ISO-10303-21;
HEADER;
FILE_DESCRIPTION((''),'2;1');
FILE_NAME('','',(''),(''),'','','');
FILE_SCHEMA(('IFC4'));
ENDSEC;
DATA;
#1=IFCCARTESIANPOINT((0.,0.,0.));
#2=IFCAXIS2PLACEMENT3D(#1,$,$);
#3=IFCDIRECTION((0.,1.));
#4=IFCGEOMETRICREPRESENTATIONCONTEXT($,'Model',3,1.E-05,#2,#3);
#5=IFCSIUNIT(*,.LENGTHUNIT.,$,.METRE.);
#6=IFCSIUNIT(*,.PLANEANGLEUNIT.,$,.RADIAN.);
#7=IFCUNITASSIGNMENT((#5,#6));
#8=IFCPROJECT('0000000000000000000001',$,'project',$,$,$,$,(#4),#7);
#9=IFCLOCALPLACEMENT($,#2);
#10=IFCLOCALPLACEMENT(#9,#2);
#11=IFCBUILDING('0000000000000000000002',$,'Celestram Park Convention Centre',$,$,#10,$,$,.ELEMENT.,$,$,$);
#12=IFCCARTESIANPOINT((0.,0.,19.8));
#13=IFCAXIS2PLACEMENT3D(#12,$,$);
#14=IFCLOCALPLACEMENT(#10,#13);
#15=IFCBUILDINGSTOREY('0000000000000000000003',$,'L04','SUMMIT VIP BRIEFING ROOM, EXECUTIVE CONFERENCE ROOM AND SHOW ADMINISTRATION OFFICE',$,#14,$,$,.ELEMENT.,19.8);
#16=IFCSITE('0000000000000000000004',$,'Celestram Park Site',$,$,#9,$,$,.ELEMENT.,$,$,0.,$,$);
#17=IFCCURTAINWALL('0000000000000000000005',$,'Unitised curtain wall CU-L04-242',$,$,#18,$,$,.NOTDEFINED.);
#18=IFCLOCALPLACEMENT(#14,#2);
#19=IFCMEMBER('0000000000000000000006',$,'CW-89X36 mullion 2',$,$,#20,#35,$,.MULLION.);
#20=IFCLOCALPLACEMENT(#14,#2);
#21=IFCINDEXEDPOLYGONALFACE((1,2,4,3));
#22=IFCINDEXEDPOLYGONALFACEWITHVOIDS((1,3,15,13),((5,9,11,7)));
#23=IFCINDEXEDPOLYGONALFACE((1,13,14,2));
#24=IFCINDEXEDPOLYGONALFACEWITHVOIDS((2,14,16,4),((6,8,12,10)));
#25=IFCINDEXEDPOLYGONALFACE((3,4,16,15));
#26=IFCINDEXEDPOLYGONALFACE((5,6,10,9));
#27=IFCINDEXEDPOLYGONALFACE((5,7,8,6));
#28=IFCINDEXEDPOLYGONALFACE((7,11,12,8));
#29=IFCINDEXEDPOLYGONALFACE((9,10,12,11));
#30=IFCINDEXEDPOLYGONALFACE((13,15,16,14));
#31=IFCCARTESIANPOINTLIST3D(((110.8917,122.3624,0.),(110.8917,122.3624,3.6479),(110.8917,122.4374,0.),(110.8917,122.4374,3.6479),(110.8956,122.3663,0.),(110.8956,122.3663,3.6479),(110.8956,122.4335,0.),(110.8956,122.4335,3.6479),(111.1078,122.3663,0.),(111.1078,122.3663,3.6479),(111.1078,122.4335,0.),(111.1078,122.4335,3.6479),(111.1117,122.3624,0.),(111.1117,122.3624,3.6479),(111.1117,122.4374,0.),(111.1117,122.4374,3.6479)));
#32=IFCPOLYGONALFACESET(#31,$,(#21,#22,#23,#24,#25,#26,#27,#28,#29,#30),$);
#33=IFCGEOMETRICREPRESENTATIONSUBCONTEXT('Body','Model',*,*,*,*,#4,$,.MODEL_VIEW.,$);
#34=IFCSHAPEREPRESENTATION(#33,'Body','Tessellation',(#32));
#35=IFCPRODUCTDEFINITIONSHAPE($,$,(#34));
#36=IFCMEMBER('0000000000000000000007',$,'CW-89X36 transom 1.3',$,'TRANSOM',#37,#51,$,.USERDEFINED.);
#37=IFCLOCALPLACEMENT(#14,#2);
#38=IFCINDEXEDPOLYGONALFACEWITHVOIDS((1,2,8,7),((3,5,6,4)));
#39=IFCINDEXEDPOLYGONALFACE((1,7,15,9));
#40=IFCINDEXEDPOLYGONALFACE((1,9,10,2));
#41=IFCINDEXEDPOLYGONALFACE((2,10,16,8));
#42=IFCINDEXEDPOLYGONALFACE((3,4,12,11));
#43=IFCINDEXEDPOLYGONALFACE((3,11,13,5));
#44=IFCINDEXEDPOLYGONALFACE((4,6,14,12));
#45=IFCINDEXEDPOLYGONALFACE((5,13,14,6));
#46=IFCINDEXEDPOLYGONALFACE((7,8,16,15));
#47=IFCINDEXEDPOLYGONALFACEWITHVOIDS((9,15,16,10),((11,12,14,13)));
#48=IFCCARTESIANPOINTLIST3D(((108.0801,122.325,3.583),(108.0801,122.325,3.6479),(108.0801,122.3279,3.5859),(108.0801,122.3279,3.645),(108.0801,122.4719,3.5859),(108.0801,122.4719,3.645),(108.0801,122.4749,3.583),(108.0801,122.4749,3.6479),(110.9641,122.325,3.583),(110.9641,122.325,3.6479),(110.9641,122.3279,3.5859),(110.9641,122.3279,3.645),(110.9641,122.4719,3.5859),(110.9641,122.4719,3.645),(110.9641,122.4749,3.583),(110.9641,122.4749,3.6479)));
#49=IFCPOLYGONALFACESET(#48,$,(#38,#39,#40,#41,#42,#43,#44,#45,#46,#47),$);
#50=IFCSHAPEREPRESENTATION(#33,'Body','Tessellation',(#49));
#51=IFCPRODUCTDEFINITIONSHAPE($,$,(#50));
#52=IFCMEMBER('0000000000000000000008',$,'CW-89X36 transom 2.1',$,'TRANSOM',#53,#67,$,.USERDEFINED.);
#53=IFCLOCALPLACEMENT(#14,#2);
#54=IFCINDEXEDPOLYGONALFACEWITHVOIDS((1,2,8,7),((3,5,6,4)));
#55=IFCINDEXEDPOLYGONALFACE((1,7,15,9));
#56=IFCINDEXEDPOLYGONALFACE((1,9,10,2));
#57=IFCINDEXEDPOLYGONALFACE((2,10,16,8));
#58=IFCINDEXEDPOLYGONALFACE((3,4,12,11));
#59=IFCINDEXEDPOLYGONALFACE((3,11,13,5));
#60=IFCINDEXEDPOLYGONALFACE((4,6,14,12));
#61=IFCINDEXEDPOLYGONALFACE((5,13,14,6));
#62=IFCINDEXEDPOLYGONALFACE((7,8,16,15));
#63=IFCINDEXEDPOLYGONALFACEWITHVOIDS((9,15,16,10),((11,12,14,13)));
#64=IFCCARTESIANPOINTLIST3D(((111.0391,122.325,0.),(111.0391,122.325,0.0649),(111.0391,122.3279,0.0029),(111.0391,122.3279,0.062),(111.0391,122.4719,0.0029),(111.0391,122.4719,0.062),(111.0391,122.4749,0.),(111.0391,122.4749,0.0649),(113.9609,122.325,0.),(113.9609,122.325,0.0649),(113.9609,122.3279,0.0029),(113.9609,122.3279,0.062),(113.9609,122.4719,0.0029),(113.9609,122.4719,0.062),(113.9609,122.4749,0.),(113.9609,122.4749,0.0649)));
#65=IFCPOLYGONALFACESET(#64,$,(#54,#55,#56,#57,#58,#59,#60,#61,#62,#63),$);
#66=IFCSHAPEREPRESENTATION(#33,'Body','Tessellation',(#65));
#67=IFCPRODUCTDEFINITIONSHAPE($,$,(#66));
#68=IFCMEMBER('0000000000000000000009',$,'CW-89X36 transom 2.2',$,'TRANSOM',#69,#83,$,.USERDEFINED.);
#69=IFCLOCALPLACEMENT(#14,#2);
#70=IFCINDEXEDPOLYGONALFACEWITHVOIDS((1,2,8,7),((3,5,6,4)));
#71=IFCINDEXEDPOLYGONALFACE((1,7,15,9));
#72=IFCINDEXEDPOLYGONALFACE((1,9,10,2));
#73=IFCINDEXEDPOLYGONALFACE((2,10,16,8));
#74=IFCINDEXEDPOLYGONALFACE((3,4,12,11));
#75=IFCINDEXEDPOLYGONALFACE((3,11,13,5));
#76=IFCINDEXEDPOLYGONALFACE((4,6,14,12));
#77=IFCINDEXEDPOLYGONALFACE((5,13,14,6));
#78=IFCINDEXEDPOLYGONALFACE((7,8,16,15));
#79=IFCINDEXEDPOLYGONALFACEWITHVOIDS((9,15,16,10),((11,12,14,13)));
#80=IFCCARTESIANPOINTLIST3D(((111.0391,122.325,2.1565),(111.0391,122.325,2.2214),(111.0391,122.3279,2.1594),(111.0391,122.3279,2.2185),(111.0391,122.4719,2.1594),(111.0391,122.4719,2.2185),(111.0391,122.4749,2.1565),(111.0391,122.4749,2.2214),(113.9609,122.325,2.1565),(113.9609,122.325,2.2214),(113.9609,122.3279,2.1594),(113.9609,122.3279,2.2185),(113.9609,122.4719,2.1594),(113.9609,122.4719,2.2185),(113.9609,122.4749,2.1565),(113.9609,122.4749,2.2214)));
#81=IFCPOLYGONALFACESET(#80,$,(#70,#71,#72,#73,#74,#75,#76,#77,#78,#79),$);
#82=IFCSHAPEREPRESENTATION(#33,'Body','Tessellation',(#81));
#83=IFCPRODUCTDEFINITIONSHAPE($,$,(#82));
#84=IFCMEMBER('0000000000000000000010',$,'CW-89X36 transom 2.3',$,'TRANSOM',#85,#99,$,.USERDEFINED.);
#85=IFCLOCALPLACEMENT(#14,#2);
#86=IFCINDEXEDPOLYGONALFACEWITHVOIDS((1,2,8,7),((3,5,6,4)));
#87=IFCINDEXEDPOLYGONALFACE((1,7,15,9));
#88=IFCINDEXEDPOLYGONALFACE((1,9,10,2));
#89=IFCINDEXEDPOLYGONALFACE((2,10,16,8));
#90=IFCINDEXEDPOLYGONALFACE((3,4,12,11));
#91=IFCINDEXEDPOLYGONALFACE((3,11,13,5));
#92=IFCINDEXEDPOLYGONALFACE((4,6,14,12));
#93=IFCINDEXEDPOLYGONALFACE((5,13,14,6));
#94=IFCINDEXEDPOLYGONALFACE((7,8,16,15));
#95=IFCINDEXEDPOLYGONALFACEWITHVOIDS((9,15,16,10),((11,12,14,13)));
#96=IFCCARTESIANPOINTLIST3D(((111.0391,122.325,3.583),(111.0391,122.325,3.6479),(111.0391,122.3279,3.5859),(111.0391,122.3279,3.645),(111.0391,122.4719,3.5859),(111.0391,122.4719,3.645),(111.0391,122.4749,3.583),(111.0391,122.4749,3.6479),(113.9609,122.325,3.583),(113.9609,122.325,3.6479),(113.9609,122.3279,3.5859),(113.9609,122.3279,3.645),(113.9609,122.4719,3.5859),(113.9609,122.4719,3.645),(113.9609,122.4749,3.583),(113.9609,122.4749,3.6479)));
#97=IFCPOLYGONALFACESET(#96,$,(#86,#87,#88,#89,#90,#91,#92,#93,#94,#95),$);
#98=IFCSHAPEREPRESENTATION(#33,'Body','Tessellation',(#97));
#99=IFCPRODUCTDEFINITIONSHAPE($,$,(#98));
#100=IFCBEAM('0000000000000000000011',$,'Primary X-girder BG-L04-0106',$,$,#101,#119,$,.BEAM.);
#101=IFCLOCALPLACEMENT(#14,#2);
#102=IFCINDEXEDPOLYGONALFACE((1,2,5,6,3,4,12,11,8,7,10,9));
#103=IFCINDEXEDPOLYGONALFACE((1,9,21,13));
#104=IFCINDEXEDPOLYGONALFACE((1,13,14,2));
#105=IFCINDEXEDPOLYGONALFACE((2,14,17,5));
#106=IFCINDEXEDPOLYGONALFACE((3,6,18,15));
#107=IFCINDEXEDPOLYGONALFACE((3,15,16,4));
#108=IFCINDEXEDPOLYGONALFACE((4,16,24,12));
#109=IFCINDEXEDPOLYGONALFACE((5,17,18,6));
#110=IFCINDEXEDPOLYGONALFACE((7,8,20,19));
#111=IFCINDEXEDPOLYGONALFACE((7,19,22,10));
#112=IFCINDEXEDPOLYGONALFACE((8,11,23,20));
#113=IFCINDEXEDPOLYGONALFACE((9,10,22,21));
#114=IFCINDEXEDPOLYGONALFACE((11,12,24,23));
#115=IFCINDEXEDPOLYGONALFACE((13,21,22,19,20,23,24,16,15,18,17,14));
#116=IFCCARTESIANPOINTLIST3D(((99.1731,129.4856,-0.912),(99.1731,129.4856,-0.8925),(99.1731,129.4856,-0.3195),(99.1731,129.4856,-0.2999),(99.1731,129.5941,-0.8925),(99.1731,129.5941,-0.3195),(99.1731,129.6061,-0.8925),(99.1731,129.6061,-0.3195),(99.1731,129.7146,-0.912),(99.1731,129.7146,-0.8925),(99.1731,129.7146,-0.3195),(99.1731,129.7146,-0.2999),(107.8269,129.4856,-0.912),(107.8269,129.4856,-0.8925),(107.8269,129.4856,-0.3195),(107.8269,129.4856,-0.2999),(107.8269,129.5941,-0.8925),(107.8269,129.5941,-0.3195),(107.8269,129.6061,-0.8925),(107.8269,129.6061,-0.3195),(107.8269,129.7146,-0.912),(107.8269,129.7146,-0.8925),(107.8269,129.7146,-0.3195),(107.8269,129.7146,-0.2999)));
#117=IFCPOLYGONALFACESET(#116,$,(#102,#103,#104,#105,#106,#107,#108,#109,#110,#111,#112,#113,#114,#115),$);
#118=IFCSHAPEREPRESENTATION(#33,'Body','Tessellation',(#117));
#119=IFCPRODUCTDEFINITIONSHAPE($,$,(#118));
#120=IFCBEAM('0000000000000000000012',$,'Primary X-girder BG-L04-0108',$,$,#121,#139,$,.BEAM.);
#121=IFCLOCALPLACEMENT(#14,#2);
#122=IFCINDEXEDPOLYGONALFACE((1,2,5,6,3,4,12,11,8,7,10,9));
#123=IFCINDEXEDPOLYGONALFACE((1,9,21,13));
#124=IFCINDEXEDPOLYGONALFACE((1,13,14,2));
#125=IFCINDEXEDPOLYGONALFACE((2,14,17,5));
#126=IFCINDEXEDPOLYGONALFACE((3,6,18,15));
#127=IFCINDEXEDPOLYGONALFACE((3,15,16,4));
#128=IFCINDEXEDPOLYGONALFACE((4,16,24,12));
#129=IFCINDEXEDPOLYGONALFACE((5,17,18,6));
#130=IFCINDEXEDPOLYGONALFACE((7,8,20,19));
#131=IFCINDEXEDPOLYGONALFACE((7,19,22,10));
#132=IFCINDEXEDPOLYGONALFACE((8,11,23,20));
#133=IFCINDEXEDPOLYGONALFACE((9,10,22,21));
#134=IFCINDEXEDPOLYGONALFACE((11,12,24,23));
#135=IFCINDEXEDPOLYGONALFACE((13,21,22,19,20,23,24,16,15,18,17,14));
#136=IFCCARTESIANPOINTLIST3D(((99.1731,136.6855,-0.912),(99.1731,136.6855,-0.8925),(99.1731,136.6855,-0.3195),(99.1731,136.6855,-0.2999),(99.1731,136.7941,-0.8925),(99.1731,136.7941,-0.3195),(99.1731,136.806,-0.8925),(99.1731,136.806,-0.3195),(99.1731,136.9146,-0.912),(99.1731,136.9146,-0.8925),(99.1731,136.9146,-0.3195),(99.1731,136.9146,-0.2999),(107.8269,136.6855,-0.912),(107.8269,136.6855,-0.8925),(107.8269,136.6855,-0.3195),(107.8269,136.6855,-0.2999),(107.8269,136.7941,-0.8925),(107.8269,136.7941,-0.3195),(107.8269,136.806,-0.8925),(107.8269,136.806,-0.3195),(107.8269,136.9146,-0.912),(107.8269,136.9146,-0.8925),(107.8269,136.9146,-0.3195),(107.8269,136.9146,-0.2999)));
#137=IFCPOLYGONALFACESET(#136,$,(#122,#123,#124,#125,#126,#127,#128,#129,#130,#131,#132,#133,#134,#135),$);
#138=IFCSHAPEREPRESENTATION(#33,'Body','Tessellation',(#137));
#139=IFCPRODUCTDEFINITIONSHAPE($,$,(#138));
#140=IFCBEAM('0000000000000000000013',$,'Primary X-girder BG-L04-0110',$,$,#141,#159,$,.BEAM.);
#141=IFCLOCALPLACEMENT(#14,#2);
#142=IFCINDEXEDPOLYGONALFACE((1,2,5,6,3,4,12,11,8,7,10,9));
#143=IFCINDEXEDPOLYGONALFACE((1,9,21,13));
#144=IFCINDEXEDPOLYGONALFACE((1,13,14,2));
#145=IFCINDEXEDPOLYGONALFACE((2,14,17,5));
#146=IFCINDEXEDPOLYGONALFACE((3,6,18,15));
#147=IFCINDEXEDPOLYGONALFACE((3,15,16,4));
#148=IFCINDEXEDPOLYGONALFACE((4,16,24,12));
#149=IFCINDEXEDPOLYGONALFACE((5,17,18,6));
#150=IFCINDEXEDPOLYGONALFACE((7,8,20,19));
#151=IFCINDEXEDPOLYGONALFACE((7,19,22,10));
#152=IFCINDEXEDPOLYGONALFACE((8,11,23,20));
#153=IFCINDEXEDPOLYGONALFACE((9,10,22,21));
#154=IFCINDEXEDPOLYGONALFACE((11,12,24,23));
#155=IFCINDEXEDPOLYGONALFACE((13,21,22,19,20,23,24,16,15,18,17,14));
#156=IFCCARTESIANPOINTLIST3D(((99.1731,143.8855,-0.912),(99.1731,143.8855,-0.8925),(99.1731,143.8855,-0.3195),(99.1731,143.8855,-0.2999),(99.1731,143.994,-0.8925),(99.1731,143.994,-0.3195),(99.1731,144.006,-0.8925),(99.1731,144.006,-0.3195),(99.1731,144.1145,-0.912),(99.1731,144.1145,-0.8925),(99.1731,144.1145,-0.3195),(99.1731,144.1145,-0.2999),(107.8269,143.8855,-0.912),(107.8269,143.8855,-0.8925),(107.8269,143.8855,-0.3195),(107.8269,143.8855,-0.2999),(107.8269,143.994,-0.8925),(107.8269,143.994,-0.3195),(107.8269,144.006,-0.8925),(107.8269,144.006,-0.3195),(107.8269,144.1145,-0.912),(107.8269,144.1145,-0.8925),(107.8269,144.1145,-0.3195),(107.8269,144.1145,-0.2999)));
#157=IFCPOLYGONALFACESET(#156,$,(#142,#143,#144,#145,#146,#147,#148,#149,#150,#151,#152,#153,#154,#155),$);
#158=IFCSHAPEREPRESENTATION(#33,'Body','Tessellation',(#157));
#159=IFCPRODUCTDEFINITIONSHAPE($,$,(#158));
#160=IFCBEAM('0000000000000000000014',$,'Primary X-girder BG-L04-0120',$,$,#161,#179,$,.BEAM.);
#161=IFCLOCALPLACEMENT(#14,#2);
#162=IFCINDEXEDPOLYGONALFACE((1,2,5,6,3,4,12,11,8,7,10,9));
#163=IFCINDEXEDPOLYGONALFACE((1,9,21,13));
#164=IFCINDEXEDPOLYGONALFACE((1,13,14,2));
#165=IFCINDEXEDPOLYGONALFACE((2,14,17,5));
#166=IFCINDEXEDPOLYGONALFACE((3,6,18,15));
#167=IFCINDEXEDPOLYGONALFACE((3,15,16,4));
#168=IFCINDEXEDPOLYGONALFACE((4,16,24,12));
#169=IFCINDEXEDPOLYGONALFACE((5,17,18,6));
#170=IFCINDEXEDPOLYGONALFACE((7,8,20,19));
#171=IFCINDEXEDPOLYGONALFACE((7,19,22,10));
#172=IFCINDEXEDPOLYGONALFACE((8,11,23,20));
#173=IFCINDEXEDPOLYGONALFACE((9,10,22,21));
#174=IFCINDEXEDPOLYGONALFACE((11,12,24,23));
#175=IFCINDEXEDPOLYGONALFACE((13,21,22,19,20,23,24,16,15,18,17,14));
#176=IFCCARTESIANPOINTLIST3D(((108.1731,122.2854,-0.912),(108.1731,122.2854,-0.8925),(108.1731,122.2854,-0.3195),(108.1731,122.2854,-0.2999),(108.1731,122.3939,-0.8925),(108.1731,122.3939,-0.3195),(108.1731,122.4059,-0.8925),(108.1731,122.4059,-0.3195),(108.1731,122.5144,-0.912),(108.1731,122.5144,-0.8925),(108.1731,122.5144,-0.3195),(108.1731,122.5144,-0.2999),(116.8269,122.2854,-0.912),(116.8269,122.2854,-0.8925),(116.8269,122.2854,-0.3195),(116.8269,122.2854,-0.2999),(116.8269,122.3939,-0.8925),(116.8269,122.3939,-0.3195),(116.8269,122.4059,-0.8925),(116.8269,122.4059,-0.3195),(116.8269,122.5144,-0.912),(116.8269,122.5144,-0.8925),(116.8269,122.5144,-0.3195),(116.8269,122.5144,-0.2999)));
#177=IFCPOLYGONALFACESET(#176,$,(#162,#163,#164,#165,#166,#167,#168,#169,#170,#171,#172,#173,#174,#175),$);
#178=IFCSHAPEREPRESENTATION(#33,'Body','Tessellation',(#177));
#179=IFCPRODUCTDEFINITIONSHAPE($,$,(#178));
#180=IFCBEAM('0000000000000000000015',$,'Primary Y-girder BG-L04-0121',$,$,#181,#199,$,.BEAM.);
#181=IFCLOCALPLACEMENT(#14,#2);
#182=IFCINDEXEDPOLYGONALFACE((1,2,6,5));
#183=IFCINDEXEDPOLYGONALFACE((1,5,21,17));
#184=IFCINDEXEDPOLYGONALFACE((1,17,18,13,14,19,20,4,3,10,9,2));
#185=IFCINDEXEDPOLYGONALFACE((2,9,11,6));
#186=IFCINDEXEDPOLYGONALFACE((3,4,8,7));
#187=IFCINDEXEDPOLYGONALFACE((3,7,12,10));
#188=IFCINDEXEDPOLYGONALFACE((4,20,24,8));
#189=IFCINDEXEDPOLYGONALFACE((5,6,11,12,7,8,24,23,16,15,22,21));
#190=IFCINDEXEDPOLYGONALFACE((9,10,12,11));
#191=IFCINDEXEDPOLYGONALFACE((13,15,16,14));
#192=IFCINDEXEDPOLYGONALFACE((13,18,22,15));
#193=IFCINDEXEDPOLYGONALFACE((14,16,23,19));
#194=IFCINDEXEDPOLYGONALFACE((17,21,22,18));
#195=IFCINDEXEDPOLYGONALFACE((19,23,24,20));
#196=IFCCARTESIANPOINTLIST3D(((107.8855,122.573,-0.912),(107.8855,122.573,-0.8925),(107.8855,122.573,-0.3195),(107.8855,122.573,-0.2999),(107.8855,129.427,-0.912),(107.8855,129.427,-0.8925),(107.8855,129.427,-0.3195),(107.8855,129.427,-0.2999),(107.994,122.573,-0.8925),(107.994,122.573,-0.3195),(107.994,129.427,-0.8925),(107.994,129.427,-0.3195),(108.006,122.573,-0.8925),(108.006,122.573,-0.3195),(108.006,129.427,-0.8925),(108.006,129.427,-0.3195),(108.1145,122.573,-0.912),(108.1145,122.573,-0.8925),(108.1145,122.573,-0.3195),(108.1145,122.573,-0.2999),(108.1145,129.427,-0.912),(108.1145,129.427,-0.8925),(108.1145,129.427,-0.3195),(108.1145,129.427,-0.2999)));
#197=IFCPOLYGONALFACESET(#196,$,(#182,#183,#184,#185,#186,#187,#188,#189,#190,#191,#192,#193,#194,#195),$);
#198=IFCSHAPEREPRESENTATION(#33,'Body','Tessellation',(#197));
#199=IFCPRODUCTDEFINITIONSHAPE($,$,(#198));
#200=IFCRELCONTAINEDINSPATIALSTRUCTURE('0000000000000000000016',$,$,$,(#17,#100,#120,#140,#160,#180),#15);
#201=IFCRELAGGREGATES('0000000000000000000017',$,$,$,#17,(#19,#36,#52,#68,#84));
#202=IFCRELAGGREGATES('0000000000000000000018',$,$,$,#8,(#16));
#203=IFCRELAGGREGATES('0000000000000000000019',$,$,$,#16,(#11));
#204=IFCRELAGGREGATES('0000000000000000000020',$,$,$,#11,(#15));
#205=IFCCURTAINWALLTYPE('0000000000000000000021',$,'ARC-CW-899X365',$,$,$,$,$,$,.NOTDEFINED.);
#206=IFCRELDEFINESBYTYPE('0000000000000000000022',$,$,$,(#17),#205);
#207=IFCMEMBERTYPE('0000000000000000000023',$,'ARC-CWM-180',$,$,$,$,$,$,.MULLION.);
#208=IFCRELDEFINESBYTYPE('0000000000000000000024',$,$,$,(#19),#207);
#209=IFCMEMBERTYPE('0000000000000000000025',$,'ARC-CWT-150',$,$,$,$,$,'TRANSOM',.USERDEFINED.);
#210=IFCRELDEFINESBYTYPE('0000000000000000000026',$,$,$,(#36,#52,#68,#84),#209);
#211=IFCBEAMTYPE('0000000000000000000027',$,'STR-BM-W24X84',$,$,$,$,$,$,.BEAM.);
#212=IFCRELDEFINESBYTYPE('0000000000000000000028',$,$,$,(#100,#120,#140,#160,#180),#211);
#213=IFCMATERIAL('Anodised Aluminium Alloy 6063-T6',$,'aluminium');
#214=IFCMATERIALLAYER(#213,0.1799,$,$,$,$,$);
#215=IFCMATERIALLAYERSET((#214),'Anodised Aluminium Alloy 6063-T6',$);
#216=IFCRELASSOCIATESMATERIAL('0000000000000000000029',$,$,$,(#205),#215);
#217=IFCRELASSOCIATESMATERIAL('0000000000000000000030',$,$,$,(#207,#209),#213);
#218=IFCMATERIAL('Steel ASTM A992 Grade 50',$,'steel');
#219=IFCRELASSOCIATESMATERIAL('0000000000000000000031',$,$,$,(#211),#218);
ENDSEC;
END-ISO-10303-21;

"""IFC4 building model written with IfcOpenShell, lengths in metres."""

from ifc_helpers import new_model, si_unit, direction, frame, origin, origin_2d, place, context, subcontext, project, spatial, hollow_rectangle, i_section, extrude, material, layer, layer_set, material_profile, profile_set, type_object, element, aggregate, save


model = new_model("IFC4")

# Units and contexts
model_context = context("Model", 3, precision=1e-05, world=origin(), true_north=direction((0.0, 1.0)))
body_context = subcontext(model_context, "Body", "Model", "MODEL_VIEW")
ifc_project = project(units=[si_unit("LENGTHUNIT", "METRE"), si_unit("PLANEANGLEUNIT", "RADIAN")], contexts=[model_context])

# Site, building, storey
site_placement = place(None, origin())
site = spatial("IfcSite", under=ifc_project, at=site_placement, Name="Celestram Park Site", CompositionType="ELEMENT", RefElevation=0.0)
building_placement = place(site_placement, origin())
building = spatial("IfcBuilding", under=site, at=building_placement, Name="Celestram Park Convention Centre", CompositionType="ELEMENT")
storey_placement = place(building_placement, frame((0.0, 0.0, 19.8)))
storey = spatial("IfcBuildingStorey", under=building, at=storey_placement, Name="L04", Description="SUMMIT VIP BRIEFING ROOM, EXECUTIVE CONFERENCE ROOM AND SHOW ADMINISTRATION OFFICE", CompositionType="ELEMENT", Elevation=19.8)

# Curtain wall, members
ifc_material_1 = material(Name="Anodised Aluminium Alloy 6063-T6", Category="aluminium")
ifc_layer_1 = layer(ifc_material_1, 0.1799)
ifc_layer_set_1 = layer_set([ifc_layer_1], Name="Anodised Aluminium Alloy 6063-T6")
curtain_wall_type = type_object("IfcCurtainWallType", Name="ARC-CW-899X365", PredefinedType="NOTDEFINED", material=ifc_layer_set_1)
curtain_wall_placement = place(storey_placement, origin())
curtain_wall = element("IfcCurtainWall", 1, at=curtain_wall_placement, inside=storey, type_object=curtain_wall_type, Name="Unitised curtain wall CU-L04-242", PredefinedType="NOTDEFINED")
ifc_material_profile_1 = material_profile(ifc_material_1, hollow_rectangle(XDim=0.075, YDim=0.22, WallThickness=0.0039, at=origin_2d()), Name="ALU75X220X4")
ifc_profile_set_1 = profile_set([ifc_material_profile_1], Name="Anodised Aluminium Alloy 6063-T6")
member_type_1 = type_object("IfcMemberType", Name="ARC-CWM-180", PredefinedType="MULLION", material=ifc_profile_set_1)
member_1_placement = place(storey_placement, frame((111.0017, 122.3999, 0.0), z_axis=(0.0, 0.0, 1.0), x_axis=(0.0, 1.0, 0.0)))
member_1 = element("IfcMember", 2, at=member_1_placement, type_object=member_type_1, Name="CW-89X36 mullion 2", PredefinedType="MULLION", context=body_context, shape_type="SweptSolid", body=[
    extrude(hollow_rectangle(XDim=0.075, YDim=0.22, WallThickness=0.0039, at=origin_2d()), origin(), (0.0, 0.0, 1.0), 3.6479),
])
ifc_material_profile_2 = material_profile(ifc_material_1, hollow_rectangle(XDim=0.1499, YDim=0.0649, WallThickness=0.0029, at=origin_2d()), Name="ALU150X65X3")
ifc_profile_set_2 = profile_set([ifc_material_profile_2], Name="Anodised Aluminium Alloy 6063-T6")
member_type_2 = type_object("IfcMemberType", Name="ARC-CWT-150", ElementType="TRANSOM", PredefinedType="USERDEFINED", material=ifc_profile_set_2)
member_2_placement = place(storey_placement, frame((108.0801, 122.3999, 3.6155), z_axis=(1.0, 0.0, 0.0), x_axis=(0.0, 1.0, 0.0)))
member_2 = element("IfcMember", 3, at=member_2_placement, type_object=member_type_2, Name="CW-89X36 transom 1.3", ObjectType="TRANSOM", PredefinedType="USERDEFINED", context=body_context, shape_type="SweptSolid", body=[
    extrude(hollow_rectangle(XDim=0.1499, YDim=0.0649, WallThickness=0.0029, at=origin_2d()), origin(), (0.0, 0.0, 1.0), 2.884),
])
member_3_placement = place(storey_placement, frame((111.0391, 122.3999, 0.0325), z_axis=(1.0, 0.0, 0.0), x_axis=(0.0, 1.0, 0.0)))
member_3 = element("IfcMember", 4, at=member_3_placement, type_object=member_type_2, Name="CW-89X36 transom 2.1", ObjectType="TRANSOM", PredefinedType="USERDEFINED", context=body_context, shape_type="SweptSolid", body=[
    extrude(hollow_rectangle(XDim=0.1499, YDim=0.0649, WallThickness=0.0029, at=origin_2d()), origin(), (0.0, 0.0, 1.0), 2.9219),
])
member_4_placement = place(storey_placement, frame((111.0391, 122.3999, 2.189), z_axis=(1.0, 0.0, 0.0), x_axis=(0.0, 1.0, 0.0)))
member_4 = element("IfcMember", 5, at=member_4_placement, type_object=member_type_2, Name="CW-89X36 transom 2.2", ObjectType="TRANSOM", PredefinedType="USERDEFINED", context=body_context, shape_type="SweptSolid", body=[
    extrude(hollow_rectangle(XDim=0.1499, YDim=0.0649, WallThickness=0.0029, at=origin_2d()), origin(), (0.0, 0.0, 1.0), 2.9219),
])
member_5_placement = place(storey_placement, frame((111.0391, 122.3999, 3.6155), z_axis=(1.0, 0.0, 0.0), x_axis=(0.0, 1.0, 0.0)))
member_5 = element("IfcMember", 6, at=member_5_placement, type_object=member_type_2, Name="CW-89X36 transom 2.3", ObjectType="TRANSOM", PredefinedType="USERDEFINED", context=body_context, shape_type="SweptSolid", body=[
    extrude(hollow_rectangle(XDim=0.1499, YDim=0.0649, WallThickness=0.0029, at=origin_2d()), origin(), (0.0, 0.0, 1.0), 2.9219),
])

# Beams
ifc_material_2 = material(Name="Steel ASTM A992 Grade 50", Category="steel")
ifc_material_profile_3 = material_profile(ifc_material_2, i_section(OverallWidth=0.229, OverallDepth=0.6121, WebThickness=0.012, FlangeThickness=0.0195, at=origin_2d()), Name="W24X84")
ifc_profile_set_3 = profile_set([ifc_material_profile_3], Name="Steel ASTM A992 Grade 50")
beam_type = type_object("IfcBeamType", Name="STR-BM-W24X84", PredefinedType="BEAM", material=ifc_profile_set_3)
for number, where, z_axis, x_axis, name in (
    (7, (99.1731, 129.6001, -0.606), (1.0, 0.0, 0.0), (0.0, 1.0, 0.0), "Primary X-girder BG-L04-0106"),
    (8, (99.1731, 136.8, -0.606), (1.0, 0.0, 0.0), (0.0, 1.0, 0.0), "Primary X-girder BG-L04-0108"),
    (9, (99.1731, 144.0, -0.606), (1.0, 0.0, 0.0), (0.0, 1.0, 0.0), "Primary X-girder BG-L04-0110"),
    (10, (108.1731, 122.3999, -0.606), (1.0, 0.0, 0.0), (0.0, 1.0, 0.0), "Primary X-girder BG-L04-0120"),
):
    element("IfcBeam", number, at=place(storey_placement, frame(where, z_axis=z_axis, x_axis=x_axis)), inside=storey, type_object=beam_type, Name=name, PredefinedType="BEAM", context=body_context, shape_type="SweptSolid", body=[
        extrude(i_section(OverallWidth=0.229, OverallDepth=0.6121, WebThickness=0.012, FlangeThickness=0.0195, at=origin_2d()), origin(), (0.0, 0.0, 1.0), 8.6538),
    ])
beam_1_placement = place(storey_placement, frame((108.0, 122.573, -0.606), z_axis=(0.0, 1.0, 0.0), x_axis=(-1.0, 0.0, 0.0)))
element("IfcBeam", 11, at=beam_1_placement, inside=storey, type_object=beam_type, Name="Primary Y-girder BG-L04-0121", PredefinedType="BEAM", context=body_context, shape_type="SweptSolid", body=[
    extrude(i_section(OverallWidth=0.229, OverallDepth=0.6121, WebThickness=0.012, FlangeThickness=0.0195, at=origin_2d()), origin(), (0.0, 0.0, 1.0), 6.854),
])

aggregate(curtain_wall, [member_1, member_2, member_3, member_4, member_5])

save(model, "model.ifc")
